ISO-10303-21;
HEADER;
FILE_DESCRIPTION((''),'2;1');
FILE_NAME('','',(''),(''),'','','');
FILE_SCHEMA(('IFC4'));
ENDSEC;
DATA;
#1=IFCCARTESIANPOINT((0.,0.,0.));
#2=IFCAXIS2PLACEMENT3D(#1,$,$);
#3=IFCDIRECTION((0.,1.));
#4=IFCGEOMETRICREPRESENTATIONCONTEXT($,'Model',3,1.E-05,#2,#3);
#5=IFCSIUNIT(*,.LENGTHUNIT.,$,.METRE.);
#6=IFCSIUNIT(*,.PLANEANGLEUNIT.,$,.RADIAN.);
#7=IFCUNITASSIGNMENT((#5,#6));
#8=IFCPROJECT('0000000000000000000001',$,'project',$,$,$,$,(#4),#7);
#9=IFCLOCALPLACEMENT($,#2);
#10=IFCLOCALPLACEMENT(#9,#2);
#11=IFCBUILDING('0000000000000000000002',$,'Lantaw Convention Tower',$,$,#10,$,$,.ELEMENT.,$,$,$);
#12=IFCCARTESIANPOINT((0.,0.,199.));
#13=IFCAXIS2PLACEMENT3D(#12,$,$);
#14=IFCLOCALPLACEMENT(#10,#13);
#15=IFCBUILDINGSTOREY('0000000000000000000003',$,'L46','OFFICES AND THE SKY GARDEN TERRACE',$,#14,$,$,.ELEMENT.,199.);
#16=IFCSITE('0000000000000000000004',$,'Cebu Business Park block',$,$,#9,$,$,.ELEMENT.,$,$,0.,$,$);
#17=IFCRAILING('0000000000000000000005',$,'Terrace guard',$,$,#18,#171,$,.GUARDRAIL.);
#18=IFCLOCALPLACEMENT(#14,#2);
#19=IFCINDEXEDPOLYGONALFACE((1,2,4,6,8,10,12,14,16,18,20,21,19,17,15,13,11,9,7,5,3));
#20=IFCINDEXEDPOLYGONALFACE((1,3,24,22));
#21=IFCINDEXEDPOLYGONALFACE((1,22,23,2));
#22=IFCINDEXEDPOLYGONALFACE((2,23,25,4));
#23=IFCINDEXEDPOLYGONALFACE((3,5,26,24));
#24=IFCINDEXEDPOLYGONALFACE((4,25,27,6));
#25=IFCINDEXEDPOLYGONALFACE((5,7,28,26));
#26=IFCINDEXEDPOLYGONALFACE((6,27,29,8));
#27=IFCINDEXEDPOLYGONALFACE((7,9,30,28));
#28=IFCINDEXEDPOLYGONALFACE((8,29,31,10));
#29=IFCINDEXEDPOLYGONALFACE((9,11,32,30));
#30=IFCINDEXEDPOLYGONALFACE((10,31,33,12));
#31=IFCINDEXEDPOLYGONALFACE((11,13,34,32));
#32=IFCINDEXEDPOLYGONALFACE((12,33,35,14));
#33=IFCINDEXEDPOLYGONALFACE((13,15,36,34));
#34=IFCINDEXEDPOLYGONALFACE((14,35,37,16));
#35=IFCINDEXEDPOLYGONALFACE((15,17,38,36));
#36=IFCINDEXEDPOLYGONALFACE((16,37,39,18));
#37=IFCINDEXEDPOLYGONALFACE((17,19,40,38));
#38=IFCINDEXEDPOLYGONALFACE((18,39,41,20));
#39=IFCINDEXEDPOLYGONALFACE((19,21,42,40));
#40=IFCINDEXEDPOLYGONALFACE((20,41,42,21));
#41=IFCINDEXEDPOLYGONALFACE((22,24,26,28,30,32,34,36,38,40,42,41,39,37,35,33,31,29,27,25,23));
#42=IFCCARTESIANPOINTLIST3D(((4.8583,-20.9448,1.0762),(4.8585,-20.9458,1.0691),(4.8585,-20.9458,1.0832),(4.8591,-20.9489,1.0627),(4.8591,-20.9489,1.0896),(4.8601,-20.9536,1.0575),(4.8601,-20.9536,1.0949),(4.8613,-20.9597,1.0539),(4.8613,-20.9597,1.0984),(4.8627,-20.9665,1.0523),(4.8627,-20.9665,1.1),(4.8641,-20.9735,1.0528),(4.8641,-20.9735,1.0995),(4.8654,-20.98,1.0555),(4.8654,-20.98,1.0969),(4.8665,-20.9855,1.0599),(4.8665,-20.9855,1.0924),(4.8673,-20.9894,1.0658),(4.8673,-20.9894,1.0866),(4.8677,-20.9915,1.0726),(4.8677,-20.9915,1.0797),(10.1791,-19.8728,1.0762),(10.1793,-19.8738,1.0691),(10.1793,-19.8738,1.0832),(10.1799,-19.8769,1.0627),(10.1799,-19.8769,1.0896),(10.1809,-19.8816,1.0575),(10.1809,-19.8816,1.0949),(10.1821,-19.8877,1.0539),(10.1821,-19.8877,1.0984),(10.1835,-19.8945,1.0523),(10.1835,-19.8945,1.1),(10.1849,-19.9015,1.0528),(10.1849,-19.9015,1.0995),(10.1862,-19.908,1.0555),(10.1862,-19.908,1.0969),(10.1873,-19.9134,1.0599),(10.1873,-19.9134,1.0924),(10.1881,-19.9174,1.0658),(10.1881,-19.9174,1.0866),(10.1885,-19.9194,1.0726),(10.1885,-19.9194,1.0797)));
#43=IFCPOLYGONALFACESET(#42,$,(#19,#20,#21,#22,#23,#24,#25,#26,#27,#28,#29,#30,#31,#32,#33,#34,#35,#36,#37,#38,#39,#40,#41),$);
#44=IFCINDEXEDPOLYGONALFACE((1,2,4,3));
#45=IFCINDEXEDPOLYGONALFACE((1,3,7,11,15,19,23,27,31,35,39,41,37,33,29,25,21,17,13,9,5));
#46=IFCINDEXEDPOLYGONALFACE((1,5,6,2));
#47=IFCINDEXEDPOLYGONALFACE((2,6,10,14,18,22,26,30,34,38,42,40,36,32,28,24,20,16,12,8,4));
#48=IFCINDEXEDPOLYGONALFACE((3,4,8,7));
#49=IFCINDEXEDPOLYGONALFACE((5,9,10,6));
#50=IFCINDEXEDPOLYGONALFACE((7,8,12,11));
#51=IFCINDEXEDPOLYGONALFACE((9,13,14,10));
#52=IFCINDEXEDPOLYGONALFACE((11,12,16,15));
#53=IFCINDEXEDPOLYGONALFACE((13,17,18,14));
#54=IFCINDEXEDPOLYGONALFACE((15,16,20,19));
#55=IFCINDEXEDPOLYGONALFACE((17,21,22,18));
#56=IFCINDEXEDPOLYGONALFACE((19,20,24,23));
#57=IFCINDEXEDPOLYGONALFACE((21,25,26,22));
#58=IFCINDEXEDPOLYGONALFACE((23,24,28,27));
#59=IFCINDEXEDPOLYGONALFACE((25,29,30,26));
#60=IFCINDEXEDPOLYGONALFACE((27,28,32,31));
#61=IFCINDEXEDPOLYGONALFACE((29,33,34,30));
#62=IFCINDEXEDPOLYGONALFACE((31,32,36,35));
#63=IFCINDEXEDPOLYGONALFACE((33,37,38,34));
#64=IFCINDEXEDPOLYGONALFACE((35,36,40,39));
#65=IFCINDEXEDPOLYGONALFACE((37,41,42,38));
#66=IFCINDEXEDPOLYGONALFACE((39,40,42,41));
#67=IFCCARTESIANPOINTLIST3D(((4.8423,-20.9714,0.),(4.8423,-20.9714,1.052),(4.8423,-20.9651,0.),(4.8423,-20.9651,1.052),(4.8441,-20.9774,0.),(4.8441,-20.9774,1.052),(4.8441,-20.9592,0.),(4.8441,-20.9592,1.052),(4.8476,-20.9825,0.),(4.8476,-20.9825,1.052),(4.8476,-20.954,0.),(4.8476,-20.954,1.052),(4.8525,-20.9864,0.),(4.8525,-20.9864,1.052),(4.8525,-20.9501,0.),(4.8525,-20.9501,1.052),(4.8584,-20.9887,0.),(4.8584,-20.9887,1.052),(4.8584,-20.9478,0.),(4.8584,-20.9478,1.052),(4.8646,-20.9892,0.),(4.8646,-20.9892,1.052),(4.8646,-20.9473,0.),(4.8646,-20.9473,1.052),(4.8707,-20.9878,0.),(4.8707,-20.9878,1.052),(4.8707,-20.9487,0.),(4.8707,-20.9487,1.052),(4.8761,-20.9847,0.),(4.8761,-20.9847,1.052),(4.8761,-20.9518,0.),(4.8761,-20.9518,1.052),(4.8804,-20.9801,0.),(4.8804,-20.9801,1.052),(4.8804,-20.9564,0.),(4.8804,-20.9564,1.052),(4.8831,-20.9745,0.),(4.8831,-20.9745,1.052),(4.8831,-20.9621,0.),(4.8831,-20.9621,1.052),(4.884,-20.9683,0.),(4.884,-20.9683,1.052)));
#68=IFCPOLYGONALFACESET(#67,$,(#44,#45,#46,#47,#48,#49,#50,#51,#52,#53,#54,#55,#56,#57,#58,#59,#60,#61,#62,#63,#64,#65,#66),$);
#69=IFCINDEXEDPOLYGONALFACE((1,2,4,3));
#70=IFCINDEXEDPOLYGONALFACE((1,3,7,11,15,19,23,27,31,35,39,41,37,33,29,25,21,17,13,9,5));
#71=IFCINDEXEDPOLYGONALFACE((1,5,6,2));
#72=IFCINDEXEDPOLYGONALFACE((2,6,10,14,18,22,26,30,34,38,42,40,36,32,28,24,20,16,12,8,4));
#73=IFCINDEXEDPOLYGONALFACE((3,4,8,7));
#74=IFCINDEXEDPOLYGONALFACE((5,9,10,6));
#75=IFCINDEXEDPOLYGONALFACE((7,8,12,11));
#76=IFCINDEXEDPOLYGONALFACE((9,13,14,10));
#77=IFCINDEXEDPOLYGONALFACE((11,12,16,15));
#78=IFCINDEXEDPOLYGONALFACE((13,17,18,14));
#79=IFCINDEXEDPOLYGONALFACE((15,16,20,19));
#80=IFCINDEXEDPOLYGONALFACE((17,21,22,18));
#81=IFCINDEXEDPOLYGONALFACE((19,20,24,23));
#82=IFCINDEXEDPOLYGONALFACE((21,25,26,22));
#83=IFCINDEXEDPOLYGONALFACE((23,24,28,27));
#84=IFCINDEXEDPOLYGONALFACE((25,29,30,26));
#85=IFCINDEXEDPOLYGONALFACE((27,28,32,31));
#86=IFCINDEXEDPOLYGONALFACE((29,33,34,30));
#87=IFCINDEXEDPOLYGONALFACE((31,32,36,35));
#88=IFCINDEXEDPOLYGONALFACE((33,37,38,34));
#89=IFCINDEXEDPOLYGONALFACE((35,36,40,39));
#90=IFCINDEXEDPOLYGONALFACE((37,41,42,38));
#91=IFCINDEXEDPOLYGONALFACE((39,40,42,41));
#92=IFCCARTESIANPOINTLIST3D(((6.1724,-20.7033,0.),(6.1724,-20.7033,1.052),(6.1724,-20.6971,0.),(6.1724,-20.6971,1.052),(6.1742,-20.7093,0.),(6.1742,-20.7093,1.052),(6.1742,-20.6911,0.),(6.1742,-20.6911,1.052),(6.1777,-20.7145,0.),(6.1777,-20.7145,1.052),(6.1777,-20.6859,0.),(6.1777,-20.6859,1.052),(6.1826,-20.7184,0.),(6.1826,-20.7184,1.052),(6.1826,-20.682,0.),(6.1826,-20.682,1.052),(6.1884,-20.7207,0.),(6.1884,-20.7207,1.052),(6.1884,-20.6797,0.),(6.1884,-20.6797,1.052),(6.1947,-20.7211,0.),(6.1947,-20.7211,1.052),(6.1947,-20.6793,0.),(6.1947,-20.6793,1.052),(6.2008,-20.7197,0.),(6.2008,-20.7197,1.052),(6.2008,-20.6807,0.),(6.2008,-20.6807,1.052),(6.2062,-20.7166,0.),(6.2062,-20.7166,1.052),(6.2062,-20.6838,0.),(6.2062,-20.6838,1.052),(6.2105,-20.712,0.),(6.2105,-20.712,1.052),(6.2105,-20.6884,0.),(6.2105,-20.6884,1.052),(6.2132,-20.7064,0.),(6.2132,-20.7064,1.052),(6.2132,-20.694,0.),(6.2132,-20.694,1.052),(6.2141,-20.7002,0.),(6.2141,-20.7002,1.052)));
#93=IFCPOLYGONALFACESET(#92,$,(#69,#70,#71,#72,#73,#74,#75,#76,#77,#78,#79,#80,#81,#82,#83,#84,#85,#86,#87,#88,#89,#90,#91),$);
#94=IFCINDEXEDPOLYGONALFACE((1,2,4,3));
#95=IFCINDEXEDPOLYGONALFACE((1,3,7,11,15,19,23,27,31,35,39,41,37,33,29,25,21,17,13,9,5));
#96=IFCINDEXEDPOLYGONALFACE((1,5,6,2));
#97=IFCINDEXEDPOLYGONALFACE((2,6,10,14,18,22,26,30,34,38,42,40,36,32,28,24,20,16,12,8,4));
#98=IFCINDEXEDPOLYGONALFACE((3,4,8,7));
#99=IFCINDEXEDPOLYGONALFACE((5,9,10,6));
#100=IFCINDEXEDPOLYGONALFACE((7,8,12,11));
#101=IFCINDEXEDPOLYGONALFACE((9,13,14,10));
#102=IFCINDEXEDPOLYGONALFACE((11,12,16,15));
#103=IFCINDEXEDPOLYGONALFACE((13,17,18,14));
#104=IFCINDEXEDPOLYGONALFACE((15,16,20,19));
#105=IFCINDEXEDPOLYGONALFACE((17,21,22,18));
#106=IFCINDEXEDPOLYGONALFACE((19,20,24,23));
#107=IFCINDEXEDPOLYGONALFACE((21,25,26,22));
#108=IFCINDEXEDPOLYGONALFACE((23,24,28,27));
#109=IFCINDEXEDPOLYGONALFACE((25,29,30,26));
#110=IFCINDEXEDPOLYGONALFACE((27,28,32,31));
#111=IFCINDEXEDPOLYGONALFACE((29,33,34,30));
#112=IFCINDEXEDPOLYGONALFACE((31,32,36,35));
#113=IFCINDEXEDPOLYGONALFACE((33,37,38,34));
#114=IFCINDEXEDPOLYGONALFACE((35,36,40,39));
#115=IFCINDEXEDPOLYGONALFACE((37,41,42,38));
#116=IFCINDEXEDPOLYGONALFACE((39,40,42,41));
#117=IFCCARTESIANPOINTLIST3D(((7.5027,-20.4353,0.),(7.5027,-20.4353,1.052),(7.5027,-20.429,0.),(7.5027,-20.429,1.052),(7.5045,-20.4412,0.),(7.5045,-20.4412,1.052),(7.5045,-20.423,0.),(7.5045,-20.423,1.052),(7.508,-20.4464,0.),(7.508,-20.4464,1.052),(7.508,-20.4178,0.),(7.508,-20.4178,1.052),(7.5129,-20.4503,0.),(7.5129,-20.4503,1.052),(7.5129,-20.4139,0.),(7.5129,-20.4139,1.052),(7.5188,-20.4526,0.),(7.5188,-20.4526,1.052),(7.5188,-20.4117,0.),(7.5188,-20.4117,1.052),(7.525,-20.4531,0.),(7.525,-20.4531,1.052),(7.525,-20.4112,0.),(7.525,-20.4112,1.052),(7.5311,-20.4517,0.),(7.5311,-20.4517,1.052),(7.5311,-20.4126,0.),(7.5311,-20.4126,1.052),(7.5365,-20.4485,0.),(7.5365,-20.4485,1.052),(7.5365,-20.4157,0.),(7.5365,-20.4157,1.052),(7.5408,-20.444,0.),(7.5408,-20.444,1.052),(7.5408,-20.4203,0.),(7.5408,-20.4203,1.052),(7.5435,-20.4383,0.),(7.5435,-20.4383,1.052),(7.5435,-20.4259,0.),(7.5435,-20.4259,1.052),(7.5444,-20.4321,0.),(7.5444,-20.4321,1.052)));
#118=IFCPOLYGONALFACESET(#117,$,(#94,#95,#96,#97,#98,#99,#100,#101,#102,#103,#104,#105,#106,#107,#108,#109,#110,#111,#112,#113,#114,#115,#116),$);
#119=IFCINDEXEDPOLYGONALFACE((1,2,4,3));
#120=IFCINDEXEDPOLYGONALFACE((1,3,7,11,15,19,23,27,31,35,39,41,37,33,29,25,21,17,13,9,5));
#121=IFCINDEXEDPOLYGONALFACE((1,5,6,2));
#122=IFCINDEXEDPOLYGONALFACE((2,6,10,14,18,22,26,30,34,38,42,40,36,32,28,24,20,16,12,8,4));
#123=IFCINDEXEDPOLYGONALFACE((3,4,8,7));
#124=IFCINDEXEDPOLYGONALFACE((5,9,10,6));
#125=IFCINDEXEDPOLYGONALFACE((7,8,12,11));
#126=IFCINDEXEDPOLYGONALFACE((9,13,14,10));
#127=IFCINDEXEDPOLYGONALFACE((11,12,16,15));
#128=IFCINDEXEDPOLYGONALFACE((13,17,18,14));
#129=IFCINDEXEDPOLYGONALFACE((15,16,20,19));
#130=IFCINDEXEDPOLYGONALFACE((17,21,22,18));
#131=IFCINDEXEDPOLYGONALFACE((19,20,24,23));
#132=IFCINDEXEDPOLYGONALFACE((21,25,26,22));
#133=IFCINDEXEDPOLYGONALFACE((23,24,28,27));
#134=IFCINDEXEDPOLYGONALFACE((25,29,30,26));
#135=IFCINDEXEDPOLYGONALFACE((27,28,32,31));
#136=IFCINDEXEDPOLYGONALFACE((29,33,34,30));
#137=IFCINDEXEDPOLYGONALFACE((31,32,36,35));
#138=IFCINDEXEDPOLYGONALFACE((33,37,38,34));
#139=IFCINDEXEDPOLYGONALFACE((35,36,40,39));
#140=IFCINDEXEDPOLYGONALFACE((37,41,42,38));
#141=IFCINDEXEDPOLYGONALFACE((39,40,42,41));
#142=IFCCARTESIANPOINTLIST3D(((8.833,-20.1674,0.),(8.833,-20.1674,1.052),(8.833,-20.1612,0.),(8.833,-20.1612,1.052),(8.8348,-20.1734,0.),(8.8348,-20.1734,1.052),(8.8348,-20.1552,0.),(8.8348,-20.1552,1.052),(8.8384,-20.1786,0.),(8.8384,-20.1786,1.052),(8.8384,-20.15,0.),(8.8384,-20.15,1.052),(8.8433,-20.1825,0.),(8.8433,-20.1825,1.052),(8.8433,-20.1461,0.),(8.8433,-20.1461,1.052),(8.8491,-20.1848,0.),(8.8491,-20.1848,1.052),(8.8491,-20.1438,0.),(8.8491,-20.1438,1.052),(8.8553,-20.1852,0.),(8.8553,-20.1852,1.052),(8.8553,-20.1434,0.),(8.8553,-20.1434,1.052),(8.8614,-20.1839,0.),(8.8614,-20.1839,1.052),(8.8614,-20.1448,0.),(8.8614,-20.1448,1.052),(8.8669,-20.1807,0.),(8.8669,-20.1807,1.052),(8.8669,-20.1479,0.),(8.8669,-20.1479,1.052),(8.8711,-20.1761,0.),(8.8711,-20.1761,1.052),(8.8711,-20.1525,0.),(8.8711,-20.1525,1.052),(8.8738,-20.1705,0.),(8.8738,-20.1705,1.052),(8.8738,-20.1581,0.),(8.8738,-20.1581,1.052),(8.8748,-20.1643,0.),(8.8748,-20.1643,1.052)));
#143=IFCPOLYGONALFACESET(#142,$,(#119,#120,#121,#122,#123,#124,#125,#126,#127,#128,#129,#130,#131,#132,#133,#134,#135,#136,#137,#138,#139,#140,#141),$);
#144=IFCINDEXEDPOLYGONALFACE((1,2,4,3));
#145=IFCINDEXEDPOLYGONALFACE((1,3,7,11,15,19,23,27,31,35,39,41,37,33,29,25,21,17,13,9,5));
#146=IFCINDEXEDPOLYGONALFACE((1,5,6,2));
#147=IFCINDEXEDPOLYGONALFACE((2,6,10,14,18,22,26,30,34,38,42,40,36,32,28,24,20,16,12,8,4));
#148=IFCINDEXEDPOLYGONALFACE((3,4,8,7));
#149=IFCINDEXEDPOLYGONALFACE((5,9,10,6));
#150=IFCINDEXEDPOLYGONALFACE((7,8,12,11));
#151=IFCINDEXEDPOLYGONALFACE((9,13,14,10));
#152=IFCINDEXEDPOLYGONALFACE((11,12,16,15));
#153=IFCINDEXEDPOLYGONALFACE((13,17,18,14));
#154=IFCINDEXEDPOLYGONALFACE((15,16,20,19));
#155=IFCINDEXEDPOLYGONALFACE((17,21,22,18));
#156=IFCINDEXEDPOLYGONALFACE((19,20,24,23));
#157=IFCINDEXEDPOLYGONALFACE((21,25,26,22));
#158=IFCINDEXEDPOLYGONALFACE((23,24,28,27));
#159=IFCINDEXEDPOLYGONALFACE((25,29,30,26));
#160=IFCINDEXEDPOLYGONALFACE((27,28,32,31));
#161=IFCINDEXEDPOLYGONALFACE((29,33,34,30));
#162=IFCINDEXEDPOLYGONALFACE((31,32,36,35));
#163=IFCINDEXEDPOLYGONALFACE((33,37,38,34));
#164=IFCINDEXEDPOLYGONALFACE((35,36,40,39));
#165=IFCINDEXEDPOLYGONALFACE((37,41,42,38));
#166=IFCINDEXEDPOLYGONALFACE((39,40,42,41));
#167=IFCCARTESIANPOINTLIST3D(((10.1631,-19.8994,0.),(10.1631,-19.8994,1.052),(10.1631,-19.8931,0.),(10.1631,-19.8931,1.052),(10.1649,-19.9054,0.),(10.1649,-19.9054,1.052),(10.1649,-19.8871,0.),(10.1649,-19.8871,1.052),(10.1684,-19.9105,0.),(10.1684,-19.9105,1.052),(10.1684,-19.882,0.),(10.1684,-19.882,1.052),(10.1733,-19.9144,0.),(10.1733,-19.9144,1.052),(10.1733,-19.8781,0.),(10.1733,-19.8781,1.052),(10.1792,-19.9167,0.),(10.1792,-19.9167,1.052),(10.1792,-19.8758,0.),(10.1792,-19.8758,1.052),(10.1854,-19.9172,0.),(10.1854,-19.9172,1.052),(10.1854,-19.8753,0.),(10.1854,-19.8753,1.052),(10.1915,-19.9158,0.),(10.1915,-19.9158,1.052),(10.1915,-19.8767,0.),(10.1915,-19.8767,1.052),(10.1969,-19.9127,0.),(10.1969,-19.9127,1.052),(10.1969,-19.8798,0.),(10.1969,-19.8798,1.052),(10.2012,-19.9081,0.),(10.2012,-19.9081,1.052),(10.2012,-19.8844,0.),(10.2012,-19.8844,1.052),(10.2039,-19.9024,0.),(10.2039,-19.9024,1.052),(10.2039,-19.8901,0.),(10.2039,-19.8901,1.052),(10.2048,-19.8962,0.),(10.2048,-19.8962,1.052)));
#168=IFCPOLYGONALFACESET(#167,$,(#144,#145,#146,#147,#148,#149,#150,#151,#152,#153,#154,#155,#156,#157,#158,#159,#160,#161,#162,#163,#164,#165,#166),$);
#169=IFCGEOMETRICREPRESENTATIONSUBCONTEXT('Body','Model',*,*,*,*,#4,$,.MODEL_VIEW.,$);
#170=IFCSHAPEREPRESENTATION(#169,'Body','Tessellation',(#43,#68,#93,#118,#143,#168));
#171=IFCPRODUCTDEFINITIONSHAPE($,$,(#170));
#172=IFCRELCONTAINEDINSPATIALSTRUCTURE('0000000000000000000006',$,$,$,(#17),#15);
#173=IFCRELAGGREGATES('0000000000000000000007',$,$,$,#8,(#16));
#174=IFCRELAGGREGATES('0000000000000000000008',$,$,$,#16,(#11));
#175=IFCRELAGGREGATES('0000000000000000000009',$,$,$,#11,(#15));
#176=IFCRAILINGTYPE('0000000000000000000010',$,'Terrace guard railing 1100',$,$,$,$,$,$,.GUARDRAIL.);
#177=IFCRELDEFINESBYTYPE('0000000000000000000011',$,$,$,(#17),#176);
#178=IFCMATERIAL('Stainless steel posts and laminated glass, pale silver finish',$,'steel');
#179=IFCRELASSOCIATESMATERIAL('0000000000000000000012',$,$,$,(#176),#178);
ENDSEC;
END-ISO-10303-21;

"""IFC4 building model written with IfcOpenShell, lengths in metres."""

from ifc_helpers import new_model, si_unit, direction, frame, origin, origin_2d, place, context, subcontext, project, spatial, circle, extrude, material, type_object, element, save


model = new_model("IFC4")

# Units and contexts
model_context = context("Model", 3, precision=1e-05, world=origin(), true_north=direction((0.0, 1.0)))
body_context = subcontext(model_context, "Body", "Model", "MODEL_VIEW")
ifc_project = project(units=[si_unit("LENGTHUNIT", "METRE"), si_unit("PLANEANGLEUNIT", "RADIAN")], contexts=[model_context])

# Site, building, storey
site_placement = place(None, origin())
site = spatial("IfcSite", under=ifc_project, at=site_placement, Name="Cebu Business Park block", CompositionType="ELEMENT", RefElevation=0.0)
building_placement = place(site_placement, origin())
building = spatial("IfcBuilding", under=site, at=building_placement, Name="Lantaw Convention Tower", CompositionType="ELEMENT")
storey_placement = place(building_placement, frame((0.0, 0.0, 199.0)))
storey = spatial("IfcBuildingStorey", under=building, at=storey_placement, Name="L46", Description="OFFICES AND THE SKY GARDEN TERRACE", CompositionType="ELEMENT", Elevation=199.0)

# Railing
ifc_material_1 = material(Name="Stainless steel posts and laminated glass, pale silver finish", Category="steel")
railing_type = type_object("IfcRailingType", Name="Terrace guard railing 1100", PredefinedType="GUARDRAIL", material=ifc_material_1)
railing_1_placement = place(storey_placement, frame((4.863, -20.9683, 0.0)))
element("IfcRailing", 1, at=railing_1_placement, inside=storey, type_object=railing_type, Name="Terrace guard", PredefinedType="GUARDRAIL", context=body_context, shape_type="SweptSolid", body=[
    extrude(circle(Radius=0.0239, at=origin_2d()), frame((0.0, 0.0, 1.0762), z_axis=(0.980301, 0.197509, 0.0), x_axis=(-0.197509, 0.980301, 0.0)), (0.0, 0.0, 1.0), 5.4277),
    extrude(circle(Radius=0.021, at=origin_2d()), origin(), (0.0, 0.0, 1.0), 1.052),
    extrude(circle(Radius=0.021, at=origin_2d()), frame((1.3301, 0.2681, 0.0)), (0.0, 0.0, 1.0), 1.052),
    extrude(circle(Radius=0.021, at=origin_2d()), frame((2.6604, 0.5361, 0.0)), (0.0, 0.0, 1.0), 1.052),
    extrude(circle(Radius=0.021, at=origin_2d()), frame((3.9907, 0.804, 0.0)), (0.0, 0.0, 1.0), 1.052),
    extrude(circle(Radius=0.021, at=origin_2d()), frame((5.3208, 1.072, 0.0)), (0.0, 0.0, 1.0), 1.052),
])

save(model, "model.ifc")
